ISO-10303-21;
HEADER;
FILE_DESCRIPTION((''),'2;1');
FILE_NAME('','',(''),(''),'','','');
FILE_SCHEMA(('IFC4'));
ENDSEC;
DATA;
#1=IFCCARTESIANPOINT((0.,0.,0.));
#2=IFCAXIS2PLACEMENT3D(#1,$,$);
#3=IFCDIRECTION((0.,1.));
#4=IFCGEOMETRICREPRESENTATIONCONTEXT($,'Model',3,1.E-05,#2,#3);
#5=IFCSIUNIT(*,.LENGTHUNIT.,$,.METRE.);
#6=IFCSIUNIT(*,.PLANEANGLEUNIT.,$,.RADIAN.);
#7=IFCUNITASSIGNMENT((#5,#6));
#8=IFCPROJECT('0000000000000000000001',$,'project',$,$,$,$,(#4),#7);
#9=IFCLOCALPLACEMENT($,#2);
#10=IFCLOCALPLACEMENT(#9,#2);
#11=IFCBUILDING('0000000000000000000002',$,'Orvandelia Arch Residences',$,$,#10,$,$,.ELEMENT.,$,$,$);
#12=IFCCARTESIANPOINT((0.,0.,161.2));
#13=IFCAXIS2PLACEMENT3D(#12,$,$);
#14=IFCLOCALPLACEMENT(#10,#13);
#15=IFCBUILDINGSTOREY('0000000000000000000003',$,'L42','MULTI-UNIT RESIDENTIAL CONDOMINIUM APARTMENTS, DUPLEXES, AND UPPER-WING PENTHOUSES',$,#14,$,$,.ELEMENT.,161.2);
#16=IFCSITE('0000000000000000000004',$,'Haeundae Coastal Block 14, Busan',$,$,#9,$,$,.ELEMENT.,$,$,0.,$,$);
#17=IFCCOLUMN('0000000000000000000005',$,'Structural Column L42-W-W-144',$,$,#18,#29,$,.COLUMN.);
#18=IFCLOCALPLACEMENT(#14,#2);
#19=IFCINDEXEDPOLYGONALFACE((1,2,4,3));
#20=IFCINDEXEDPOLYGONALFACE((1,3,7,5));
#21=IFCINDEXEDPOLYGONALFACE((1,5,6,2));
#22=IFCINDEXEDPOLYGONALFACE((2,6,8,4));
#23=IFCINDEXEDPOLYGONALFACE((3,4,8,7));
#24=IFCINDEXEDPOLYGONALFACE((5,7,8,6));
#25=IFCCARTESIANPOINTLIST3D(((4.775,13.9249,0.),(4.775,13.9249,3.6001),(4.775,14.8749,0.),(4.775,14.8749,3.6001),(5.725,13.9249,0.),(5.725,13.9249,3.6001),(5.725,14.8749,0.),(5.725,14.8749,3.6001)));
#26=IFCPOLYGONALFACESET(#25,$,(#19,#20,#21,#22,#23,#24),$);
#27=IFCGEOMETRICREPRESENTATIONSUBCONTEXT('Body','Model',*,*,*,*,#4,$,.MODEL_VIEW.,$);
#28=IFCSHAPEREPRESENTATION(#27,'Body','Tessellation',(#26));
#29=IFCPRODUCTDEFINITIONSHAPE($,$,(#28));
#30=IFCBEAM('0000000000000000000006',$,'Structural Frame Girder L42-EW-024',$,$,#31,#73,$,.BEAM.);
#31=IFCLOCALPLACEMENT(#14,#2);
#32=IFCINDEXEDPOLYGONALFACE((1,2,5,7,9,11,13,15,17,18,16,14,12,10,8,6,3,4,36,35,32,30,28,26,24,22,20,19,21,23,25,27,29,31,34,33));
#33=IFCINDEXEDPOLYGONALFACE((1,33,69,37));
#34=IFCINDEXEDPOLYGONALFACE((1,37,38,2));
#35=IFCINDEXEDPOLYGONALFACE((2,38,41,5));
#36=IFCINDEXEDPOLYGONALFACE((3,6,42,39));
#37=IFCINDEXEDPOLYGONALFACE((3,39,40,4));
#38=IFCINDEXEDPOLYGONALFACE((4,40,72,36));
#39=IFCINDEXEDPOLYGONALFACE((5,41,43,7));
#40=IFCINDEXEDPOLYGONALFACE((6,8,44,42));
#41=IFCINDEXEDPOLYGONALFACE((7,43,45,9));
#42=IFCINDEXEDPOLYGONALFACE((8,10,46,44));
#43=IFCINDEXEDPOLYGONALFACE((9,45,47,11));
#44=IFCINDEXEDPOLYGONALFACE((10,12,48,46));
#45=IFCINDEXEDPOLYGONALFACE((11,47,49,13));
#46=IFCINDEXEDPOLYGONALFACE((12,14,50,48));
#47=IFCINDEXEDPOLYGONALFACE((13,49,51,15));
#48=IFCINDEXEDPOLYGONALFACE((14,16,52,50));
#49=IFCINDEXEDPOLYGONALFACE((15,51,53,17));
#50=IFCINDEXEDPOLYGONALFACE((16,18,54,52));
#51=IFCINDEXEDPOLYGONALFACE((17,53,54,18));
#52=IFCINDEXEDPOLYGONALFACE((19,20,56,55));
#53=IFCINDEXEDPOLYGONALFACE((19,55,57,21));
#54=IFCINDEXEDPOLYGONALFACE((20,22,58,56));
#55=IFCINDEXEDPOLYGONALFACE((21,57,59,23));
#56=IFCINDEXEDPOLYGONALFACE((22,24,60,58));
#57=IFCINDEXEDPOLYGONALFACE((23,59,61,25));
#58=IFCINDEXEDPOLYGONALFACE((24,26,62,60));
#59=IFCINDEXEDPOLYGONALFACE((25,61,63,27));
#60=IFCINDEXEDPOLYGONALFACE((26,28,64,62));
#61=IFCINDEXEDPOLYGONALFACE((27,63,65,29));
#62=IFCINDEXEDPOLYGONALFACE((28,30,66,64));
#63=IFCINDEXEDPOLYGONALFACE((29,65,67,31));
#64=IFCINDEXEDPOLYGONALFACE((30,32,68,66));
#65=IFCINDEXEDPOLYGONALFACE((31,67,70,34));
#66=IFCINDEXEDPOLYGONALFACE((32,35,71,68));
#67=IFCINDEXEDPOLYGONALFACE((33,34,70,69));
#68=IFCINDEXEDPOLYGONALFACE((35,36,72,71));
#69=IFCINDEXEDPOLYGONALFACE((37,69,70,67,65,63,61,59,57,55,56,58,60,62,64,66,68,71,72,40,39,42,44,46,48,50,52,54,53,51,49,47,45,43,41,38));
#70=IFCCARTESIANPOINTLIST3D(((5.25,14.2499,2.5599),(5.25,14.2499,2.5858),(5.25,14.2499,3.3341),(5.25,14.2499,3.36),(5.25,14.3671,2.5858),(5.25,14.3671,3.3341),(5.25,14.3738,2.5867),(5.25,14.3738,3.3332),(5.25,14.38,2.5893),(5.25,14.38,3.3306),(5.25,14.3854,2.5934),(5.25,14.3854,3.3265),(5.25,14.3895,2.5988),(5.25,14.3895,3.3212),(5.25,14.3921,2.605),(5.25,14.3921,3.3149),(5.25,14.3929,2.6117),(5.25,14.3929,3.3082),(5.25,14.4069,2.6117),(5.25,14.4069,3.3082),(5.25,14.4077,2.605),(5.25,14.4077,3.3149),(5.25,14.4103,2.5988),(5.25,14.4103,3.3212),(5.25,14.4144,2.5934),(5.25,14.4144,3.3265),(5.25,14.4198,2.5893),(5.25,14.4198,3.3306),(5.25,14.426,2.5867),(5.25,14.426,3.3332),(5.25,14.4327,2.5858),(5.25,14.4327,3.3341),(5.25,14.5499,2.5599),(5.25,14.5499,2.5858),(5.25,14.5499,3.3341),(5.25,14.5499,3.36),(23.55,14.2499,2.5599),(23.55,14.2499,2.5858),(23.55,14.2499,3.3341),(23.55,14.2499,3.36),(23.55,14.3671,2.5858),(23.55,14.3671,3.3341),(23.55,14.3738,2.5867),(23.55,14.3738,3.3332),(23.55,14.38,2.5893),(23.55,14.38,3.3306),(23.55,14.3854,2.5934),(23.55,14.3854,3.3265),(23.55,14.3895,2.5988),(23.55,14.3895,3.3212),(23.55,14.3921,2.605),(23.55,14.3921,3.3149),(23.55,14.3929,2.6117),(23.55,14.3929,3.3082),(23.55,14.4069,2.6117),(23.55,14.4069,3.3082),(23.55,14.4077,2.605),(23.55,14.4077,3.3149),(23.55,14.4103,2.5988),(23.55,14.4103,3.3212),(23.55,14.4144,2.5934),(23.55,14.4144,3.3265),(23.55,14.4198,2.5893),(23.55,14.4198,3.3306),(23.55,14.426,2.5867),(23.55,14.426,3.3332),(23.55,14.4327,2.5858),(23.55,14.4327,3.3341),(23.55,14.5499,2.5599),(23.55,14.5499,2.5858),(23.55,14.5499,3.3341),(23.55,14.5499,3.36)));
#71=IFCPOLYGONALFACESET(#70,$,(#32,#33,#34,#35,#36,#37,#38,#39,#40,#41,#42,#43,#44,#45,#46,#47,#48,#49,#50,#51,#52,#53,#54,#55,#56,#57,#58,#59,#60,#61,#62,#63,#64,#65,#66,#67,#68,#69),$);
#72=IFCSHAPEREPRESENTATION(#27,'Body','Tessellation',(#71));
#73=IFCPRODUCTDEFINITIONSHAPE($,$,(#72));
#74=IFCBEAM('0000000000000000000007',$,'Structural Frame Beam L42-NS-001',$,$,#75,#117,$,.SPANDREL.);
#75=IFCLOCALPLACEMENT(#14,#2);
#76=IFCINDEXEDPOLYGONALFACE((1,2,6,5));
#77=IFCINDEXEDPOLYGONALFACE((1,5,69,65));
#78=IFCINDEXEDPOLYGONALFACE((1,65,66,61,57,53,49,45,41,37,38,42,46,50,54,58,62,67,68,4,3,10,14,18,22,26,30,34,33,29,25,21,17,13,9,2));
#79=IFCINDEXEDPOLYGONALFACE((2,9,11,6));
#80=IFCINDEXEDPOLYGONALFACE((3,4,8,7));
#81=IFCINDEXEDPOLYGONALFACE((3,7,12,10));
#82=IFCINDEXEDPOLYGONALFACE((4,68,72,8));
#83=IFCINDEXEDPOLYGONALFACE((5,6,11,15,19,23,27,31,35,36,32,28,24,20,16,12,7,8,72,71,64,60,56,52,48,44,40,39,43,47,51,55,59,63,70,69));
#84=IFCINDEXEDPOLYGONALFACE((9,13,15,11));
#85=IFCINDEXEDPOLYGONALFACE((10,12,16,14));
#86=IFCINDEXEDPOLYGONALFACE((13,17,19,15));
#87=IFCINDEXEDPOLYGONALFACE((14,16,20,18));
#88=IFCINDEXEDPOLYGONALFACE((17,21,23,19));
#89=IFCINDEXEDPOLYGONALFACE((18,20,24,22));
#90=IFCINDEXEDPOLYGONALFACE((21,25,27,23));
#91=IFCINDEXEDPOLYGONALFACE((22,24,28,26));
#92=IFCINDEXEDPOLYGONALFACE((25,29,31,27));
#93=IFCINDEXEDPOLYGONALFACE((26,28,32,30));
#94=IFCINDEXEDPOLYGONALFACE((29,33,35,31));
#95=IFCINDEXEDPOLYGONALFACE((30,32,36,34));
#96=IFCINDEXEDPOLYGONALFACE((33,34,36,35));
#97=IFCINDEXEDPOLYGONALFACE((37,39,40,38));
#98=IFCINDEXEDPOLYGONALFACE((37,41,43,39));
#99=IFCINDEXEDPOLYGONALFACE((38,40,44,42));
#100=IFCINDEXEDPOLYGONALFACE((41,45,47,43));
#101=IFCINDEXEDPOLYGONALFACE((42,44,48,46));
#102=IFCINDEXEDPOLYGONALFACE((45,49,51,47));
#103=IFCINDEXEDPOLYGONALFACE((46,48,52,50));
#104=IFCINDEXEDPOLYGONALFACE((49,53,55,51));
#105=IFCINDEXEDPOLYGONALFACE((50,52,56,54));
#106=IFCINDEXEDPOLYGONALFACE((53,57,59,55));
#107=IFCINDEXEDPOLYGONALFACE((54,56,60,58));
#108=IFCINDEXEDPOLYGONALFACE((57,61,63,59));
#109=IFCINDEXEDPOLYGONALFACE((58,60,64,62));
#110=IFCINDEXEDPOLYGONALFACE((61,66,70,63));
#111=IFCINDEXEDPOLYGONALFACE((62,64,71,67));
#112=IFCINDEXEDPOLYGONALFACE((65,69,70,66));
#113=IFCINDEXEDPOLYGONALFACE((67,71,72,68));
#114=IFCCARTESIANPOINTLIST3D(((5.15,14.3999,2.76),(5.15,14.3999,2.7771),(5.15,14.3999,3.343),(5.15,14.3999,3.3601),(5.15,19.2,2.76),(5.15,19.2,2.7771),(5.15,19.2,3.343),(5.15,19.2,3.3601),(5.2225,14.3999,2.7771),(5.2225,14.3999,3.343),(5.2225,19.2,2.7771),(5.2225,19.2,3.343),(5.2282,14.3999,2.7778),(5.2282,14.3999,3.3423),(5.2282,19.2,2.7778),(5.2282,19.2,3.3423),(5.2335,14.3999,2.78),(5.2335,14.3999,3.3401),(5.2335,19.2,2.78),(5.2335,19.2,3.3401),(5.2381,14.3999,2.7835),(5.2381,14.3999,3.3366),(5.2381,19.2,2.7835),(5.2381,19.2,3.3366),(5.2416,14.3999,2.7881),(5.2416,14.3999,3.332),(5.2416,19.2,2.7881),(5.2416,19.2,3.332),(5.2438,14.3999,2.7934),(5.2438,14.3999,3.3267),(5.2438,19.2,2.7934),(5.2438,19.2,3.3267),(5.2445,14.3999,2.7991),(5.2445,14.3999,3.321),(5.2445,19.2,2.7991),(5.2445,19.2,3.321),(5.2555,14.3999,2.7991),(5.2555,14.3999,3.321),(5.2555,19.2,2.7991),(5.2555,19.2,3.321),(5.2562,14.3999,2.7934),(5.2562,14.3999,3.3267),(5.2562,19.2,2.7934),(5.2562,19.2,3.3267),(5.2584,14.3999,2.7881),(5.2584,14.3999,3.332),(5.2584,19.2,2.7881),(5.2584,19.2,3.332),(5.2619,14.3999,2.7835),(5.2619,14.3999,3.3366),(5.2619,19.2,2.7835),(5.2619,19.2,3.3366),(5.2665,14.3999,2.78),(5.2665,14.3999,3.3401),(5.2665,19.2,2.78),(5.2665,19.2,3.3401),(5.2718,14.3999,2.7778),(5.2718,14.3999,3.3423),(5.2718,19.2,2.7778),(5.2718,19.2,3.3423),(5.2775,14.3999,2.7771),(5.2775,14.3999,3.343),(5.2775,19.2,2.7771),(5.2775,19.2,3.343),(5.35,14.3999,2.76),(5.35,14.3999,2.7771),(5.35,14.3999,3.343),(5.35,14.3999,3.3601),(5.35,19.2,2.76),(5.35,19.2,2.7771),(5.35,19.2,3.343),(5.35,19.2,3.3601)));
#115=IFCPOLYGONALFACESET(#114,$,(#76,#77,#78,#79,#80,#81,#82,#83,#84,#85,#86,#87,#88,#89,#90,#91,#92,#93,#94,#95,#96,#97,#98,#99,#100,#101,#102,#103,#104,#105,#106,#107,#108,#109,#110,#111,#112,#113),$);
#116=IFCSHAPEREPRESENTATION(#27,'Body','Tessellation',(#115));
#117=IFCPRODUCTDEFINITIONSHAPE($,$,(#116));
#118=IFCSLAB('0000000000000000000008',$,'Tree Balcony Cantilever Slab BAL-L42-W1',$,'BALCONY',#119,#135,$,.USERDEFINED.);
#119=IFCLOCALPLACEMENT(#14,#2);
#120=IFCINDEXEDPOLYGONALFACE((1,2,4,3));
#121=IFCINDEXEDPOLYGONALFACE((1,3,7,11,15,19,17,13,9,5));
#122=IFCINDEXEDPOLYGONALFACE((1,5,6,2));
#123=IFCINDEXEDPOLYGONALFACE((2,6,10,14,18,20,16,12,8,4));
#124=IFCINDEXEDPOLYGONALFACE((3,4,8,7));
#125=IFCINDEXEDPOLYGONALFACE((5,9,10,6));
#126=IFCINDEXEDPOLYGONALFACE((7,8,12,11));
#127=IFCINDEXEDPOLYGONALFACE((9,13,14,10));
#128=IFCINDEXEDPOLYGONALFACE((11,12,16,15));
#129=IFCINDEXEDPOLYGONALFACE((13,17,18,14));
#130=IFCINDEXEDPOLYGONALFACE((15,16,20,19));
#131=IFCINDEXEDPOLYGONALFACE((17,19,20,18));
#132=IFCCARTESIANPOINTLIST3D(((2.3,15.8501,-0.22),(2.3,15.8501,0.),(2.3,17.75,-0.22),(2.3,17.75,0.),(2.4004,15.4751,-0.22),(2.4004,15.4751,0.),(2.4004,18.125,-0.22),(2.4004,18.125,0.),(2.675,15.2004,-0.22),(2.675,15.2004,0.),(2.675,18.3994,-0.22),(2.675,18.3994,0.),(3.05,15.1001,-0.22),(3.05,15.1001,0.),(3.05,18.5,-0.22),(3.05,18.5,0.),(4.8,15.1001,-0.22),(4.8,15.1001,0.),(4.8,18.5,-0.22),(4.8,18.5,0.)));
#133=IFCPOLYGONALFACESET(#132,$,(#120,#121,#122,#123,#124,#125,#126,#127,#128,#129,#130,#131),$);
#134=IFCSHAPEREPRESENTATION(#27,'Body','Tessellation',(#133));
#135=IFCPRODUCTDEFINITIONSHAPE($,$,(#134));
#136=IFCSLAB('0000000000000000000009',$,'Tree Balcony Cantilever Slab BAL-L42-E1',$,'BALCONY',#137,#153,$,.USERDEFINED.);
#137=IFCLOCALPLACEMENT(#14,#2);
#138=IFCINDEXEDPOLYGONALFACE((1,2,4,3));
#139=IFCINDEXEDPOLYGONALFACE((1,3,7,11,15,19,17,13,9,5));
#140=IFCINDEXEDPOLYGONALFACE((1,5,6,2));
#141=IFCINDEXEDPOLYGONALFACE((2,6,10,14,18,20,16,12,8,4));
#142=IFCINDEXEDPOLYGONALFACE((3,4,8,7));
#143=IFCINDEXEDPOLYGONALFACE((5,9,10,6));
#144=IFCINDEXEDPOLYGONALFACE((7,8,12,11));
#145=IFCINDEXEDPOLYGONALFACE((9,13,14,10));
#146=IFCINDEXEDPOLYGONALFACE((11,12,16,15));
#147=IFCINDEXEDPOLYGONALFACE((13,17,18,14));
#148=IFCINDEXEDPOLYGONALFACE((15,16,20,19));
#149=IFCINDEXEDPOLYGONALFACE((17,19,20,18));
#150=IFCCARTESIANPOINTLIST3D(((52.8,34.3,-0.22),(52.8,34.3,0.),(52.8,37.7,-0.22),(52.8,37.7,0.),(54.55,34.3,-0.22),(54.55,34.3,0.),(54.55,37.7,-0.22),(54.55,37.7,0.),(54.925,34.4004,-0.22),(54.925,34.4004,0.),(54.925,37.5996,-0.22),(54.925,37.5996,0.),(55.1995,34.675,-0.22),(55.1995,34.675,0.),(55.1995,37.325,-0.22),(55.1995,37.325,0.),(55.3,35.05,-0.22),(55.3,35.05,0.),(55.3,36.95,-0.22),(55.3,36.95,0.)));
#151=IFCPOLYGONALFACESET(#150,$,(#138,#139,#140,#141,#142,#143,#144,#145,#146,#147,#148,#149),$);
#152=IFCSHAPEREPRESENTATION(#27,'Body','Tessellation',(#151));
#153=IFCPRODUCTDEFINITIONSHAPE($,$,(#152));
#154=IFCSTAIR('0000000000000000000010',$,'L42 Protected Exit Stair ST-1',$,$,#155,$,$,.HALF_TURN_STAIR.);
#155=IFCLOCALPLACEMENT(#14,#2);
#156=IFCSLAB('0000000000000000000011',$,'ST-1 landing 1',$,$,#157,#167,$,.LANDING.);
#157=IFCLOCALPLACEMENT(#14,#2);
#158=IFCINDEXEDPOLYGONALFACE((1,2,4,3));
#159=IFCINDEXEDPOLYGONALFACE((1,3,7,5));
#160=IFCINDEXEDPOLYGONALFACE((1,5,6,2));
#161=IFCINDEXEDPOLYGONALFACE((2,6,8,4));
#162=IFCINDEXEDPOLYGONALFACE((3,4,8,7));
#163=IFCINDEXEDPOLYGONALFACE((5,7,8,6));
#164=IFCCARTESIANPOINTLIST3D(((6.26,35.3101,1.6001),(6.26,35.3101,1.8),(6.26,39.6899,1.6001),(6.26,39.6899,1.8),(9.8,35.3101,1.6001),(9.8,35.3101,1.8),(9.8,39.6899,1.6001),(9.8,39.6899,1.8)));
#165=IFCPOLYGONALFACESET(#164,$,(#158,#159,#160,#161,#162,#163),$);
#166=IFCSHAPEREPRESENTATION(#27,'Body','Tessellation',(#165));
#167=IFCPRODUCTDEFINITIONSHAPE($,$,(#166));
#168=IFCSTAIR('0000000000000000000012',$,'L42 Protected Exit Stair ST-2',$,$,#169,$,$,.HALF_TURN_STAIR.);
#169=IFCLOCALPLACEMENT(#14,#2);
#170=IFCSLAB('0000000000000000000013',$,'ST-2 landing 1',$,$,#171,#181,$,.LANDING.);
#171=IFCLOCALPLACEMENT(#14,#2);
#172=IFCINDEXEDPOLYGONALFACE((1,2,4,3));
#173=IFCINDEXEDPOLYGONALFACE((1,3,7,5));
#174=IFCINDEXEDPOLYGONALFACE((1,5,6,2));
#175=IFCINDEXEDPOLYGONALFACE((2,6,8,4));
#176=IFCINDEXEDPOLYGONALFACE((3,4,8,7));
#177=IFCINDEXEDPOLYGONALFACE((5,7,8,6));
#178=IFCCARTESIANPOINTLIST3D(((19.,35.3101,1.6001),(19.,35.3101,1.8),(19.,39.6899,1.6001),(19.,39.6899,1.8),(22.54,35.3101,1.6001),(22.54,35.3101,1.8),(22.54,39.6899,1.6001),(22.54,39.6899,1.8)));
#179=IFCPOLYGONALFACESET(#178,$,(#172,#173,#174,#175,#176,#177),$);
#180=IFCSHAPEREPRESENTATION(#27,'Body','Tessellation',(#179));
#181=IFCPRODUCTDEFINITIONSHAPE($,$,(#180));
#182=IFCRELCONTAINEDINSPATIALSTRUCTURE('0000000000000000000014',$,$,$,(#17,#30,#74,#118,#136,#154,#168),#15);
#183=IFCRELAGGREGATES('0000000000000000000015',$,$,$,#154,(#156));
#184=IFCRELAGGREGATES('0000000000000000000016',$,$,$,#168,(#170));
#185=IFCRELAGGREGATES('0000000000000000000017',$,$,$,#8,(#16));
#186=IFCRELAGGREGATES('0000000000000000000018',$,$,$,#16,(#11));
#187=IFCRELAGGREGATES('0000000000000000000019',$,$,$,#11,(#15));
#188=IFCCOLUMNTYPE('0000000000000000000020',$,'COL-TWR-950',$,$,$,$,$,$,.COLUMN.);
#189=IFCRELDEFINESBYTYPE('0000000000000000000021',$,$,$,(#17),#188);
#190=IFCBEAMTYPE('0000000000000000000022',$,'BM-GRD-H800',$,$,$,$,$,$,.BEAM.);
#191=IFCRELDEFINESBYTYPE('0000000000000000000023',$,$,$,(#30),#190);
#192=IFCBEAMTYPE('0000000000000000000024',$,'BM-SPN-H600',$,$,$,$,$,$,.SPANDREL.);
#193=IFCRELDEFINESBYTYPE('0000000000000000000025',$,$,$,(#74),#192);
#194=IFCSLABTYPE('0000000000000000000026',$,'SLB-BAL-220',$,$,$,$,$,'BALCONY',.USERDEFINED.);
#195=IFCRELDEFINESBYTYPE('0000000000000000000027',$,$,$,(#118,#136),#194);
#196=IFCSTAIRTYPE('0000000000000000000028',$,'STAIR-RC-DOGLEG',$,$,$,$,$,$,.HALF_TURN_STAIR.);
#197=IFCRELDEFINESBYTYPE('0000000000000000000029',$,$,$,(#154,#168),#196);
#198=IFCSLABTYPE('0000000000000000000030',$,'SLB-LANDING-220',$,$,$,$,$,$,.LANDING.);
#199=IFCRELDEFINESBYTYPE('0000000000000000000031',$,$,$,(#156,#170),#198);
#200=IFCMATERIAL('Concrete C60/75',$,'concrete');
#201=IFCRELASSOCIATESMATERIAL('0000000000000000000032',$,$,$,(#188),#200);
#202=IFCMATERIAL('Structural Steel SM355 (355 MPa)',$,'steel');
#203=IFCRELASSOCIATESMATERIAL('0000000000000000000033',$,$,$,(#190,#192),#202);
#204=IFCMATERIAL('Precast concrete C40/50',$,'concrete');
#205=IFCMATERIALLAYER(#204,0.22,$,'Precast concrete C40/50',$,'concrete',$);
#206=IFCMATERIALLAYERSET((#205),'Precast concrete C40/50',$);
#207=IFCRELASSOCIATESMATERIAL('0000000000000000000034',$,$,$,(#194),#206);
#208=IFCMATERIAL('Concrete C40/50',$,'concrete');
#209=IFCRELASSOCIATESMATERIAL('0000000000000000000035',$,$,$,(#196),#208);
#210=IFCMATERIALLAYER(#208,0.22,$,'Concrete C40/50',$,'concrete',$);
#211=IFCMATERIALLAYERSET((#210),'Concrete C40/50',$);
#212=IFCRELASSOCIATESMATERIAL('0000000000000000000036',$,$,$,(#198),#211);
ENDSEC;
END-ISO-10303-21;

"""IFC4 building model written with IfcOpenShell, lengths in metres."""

from ifc_helpers import new_model, si_unit, direction, frame, origin, origin_2d, place, context, subcontext, project, spatial, polyline, rectangle, i_section, outline, extrude, material, layer, layer_set, material_profile, profile_set, type_object, element, aggregate, save


model = new_model("IFC4")

# Units and contexts
model_context = context("Model", 3, precision=1e-05, world=origin(), true_north=direction((0.0, 1.0)))
body_context = subcontext(model_context, "Body", "Model", "MODEL_VIEW")
ifc_project = project(units=[si_unit("LENGTHUNIT", "METRE"), si_unit("PLANEANGLEUNIT", "RADIAN")], contexts=[model_context])

# Site, building, storey
site_placement = place(None, origin())
site = spatial("IfcSite", under=ifc_project, at=site_placement, Name="Haeundae Coastal Block 14, Busan", CompositionType="ELEMENT", RefElevation=0.0)
building_placement = place(site_placement, origin())
building = spatial("IfcBuilding", under=site, at=building_placement, Name="Orvandelia Arch Residences", CompositionType="ELEMENT")
storey_placement = place(building_placement, frame((0.0, 0.0, 161.2)))
storey = spatial("IfcBuildingStorey", under=building, at=storey_placement, Name="L42", Description="MULTI-UNIT RESIDENTIAL CONDOMINIUM APARTMENTS, DUPLEXES, AND UPPER-WING PENTHOUSES", CompositionType="ELEMENT", Elevation=161.2)

# Column
ifc_material_1 = material(Name="Concrete C60/75", Category="concrete")
ifc_material_profile_1 = material_profile(ifc_material_1, rectangle(XDim=0.95, YDim=0.95, at=origin_2d()), Name="Concrete C60/75", Category="concrete")
ifc_profile_set_1 = profile_set([ifc_material_profile_1], Name="Concrete C60/75")
column_type = type_object("IfcColumnType", Name="COL-TWR-950", PredefinedType="COLUMN", material=ifc_profile_set_1)
column_placement = place(storey_placement, frame((5.25, 14.3999, 0.0), z_axis=(0.0, 0.0, 1.0), x_axis=(1.0, 0.0, 0.0)))
element("IfcColumn", 1, at=column_placement, inside=storey, type_object=column_type, Name="Structural Column L42-W-W-144", PredefinedType="COLUMN", context=body_context, shape_type="SweptSolid", body=[
    extrude(rectangle(XDim=0.95, YDim=0.95, at=origin_2d()), origin(), (0.0, 0.0, 1.0), 3.6001),
])

# Beams
ifc_material_2 = material(Name="Structural Steel SM355 (355 MPa)", Category="steel")
ifc_material_profile_2 = material_profile(ifc_material_2, i_section(OverallWidth=0.3, OverallDepth=0.8, WebThickness=0.0139, FlangeThickness=0.0259, FilletRadius=0.0259, at=origin_2d()), Name="Structural Steel SM355 (355 MPa)", Category="steel")
ifc_profile_set_2 = profile_set([ifc_material_profile_2], Name="Structural Steel SM355 (355 MPa)")
beam_type_1 = type_object("IfcBeamType", Name="BM-GRD-H800", PredefinedType="BEAM", material=ifc_profile_set_2)
beam_1_placement = place(storey_placement, frame((5.25, 14.3999, 2.96), z_axis=(1.0, 0.0, 0.0), x_axis=(0.0, 1.0, 0.0)))
element("IfcBeam", 2, at=beam_1_placement, inside=storey, type_object=beam_type_1, Name="Structural Frame Girder L42-EW-024", PredefinedType="BEAM", context=body_context, shape_type="SweptSolid", body=[
    extrude(i_section(OverallWidth=0.3, OverallDepth=0.8, WebThickness=0.0139, FlangeThickness=0.0259, FilletRadius=0.0259, at=origin_2d()), origin(), (0.0, 0.0, 1.0), 18.3),
])
ifc_material_profile_3 = material_profile(ifc_material_2, i_section(OverallWidth=0.2, OverallDepth=0.6001, WebThickness=0.011, FlangeThickness=0.0171, FilletRadius=0.022, at=origin_2d()), Name="Structural Steel SM355 (355 MPa)", Category="steel")
ifc_profile_set_3 = profile_set([ifc_material_profile_3], Name="Structural Steel SM355 (355 MPa)")
beam_type_2 = type_object("IfcBeamType", Name="BM-SPN-H600", PredefinedType="SPANDREL", material=ifc_profile_set_3)
beam_2_placement = place(storey_placement, frame((5.25, 14.3999, 3.0601), z_axis=(0.0, 1.0, 0.0), x_axis=(-1.0, 0.0, 0.0)))
element("IfcBeam", 3, at=beam_2_placement, inside=storey, type_object=beam_type_2, Name="Structural Frame Beam L42-NS-001", PredefinedType="SPANDREL", context=body_context, shape_type="SweptSolid", body=[
    extrude(i_section(OverallWidth=0.2, OverallDepth=0.6001, WebThickness=0.011, FlangeThickness=0.0171, FilletRadius=0.022, at=origin_2d()), origin(), (0.0, 0.0, 1.0), 4.8),
])

# Slabs
ifc_material_3 = material(Name="Precast concrete C40/50", Category="concrete")
ifc_layer_1 = layer(ifc_material_3, 0.22, Name="Precast concrete C40/50", Category="concrete")
ifc_layer_set_1 = layer_set([ifc_layer_1], Name="Precast concrete C40/50")
slab_type_1 = type_object("IfcSlabType", Name="SLB-BAL-220", ElementType="BALCONY", PredefinedType="USERDEFINED", material=ifc_layer_set_1)
slab_1_placement = place(storey_placement, frame((0.0, 0.0, -0.22)))
element("IfcSlab", 4, at=slab_1_placement, inside=storey, type_object=slab_type_1, Name="Tree Balcony Cantilever Slab BAL-L42-W1", ObjectType="BALCONY", PredefinedType="USERDEFINED", context=body_context, shape_type="SweptSolid", body=[
    extrude(outline(polyline([(4.8, 15.1001), (4.8, 18.5), (3.05, 18.5), (2.675, 18.3994), (2.4004, 18.125), (2.3, 17.75), (2.3, 15.8501), (2.4004, 15.4751), (2.675, 15.2004), (3.05, 15.1001), (4.8, 15.1001)])), origin(), (0.0, 0.0, 1.0), 0.22),
])
slab_2_placement = place(storey_placement, frame((0.0, 0.0, -0.22)))
element("IfcSlab", 5, at=slab_2_placement, inside=storey, type_object=slab_type_1, Name="Tree Balcony Cantilever Slab BAL-L42-E1", ObjectType="BALCONY", PredefinedType="USERDEFINED", context=body_context, shape_type="SweptSolid", body=[
    extrude(outline(polyline([(52.8, 37.7), (52.8, 34.3), (54.55, 34.3), (54.925, 34.4004), (55.1995, 34.675), (55.3, 35.05), (55.3, 36.95), (55.1995, 37.325), (54.925, 37.5996), (54.55, 37.7), (52.8, 37.7)])), origin(), (0.0, 0.0, 1.0), 0.22),
])

# Stairs, slabs
ifc_material_4 = material(Name="Concrete C40/50", Category="concrete")
stair_type = type_object("IfcStairType", Name="STAIR-RC-DOGLEG", PredefinedType="HALF_TURN_STAIR", material=ifc_material_4)
stair_1_placement = place(storey_placement, origin())
stair_1 = element("IfcStair", 6, at=stair_1_placement, inside=storey, type_object=stair_type, Name="L42 Protected Exit Stair ST-1", PredefinedType="HALF_TURN_STAIR")
ifc_layer_2 = layer(ifc_material_4, 0.22, Name="Concrete C40/50", Category="concrete")
ifc_layer_set_2 = layer_set([ifc_layer_2], Name="Concrete C40/50")
slab_type_2 = type_object("IfcSlabType", Name="SLB-LANDING-220", PredefinedType="LANDING", material=ifc_layer_set_2)
slab_3_placement = place(storey_placement, frame((0.0, 0.0, 1.6001)))
slab_3 = element("IfcSlab", 7, at=slab_3_placement, type_object=slab_type_2, Name="ST-1 landing 1", PredefinedType="LANDING", context=body_context, shape_type="SweptSolid", body=[
    extrude(outline(polyline([(9.8, 35.3101), (9.8, 39.6899), (6.26, 39.6899), (6.26, 35.3101), (9.8, 35.3101)])), origin(), (0.0, 0.0, 1.0), 0.2),
])
aggregate(stair_1, [slab_3])
stair_2_placement = place(storey_placement, origin())
stair_2 = element("IfcStair", 8, at=stair_2_placement, inside=storey, type_object=stair_type, Name="L42 Protected Exit Stair ST-2", PredefinedType="HALF_TURN_STAIR")
slab_4_placement = place(storey_placement, frame((0.0, 0.0, 1.6001)))
slab_4 = element("IfcSlab", 9, at=slab_4_placement, type_object=slab_type_2, Name="ST-2 landing 1", PredefinedType="LANDING", context=body_context, shape_type="SweptSolid", body=[
    extrude(outline(polyline([(22.54, 35.3101), (22.54, 39.6899), (19.0, 39.6899), (19.0, 35.3101), (22.54, 35.3101)])), origin(), (0.0, 0.0, 1.0), 0.2),
])
aggregate(stair_2, [slab_4])

save(model, "model.ifc")
